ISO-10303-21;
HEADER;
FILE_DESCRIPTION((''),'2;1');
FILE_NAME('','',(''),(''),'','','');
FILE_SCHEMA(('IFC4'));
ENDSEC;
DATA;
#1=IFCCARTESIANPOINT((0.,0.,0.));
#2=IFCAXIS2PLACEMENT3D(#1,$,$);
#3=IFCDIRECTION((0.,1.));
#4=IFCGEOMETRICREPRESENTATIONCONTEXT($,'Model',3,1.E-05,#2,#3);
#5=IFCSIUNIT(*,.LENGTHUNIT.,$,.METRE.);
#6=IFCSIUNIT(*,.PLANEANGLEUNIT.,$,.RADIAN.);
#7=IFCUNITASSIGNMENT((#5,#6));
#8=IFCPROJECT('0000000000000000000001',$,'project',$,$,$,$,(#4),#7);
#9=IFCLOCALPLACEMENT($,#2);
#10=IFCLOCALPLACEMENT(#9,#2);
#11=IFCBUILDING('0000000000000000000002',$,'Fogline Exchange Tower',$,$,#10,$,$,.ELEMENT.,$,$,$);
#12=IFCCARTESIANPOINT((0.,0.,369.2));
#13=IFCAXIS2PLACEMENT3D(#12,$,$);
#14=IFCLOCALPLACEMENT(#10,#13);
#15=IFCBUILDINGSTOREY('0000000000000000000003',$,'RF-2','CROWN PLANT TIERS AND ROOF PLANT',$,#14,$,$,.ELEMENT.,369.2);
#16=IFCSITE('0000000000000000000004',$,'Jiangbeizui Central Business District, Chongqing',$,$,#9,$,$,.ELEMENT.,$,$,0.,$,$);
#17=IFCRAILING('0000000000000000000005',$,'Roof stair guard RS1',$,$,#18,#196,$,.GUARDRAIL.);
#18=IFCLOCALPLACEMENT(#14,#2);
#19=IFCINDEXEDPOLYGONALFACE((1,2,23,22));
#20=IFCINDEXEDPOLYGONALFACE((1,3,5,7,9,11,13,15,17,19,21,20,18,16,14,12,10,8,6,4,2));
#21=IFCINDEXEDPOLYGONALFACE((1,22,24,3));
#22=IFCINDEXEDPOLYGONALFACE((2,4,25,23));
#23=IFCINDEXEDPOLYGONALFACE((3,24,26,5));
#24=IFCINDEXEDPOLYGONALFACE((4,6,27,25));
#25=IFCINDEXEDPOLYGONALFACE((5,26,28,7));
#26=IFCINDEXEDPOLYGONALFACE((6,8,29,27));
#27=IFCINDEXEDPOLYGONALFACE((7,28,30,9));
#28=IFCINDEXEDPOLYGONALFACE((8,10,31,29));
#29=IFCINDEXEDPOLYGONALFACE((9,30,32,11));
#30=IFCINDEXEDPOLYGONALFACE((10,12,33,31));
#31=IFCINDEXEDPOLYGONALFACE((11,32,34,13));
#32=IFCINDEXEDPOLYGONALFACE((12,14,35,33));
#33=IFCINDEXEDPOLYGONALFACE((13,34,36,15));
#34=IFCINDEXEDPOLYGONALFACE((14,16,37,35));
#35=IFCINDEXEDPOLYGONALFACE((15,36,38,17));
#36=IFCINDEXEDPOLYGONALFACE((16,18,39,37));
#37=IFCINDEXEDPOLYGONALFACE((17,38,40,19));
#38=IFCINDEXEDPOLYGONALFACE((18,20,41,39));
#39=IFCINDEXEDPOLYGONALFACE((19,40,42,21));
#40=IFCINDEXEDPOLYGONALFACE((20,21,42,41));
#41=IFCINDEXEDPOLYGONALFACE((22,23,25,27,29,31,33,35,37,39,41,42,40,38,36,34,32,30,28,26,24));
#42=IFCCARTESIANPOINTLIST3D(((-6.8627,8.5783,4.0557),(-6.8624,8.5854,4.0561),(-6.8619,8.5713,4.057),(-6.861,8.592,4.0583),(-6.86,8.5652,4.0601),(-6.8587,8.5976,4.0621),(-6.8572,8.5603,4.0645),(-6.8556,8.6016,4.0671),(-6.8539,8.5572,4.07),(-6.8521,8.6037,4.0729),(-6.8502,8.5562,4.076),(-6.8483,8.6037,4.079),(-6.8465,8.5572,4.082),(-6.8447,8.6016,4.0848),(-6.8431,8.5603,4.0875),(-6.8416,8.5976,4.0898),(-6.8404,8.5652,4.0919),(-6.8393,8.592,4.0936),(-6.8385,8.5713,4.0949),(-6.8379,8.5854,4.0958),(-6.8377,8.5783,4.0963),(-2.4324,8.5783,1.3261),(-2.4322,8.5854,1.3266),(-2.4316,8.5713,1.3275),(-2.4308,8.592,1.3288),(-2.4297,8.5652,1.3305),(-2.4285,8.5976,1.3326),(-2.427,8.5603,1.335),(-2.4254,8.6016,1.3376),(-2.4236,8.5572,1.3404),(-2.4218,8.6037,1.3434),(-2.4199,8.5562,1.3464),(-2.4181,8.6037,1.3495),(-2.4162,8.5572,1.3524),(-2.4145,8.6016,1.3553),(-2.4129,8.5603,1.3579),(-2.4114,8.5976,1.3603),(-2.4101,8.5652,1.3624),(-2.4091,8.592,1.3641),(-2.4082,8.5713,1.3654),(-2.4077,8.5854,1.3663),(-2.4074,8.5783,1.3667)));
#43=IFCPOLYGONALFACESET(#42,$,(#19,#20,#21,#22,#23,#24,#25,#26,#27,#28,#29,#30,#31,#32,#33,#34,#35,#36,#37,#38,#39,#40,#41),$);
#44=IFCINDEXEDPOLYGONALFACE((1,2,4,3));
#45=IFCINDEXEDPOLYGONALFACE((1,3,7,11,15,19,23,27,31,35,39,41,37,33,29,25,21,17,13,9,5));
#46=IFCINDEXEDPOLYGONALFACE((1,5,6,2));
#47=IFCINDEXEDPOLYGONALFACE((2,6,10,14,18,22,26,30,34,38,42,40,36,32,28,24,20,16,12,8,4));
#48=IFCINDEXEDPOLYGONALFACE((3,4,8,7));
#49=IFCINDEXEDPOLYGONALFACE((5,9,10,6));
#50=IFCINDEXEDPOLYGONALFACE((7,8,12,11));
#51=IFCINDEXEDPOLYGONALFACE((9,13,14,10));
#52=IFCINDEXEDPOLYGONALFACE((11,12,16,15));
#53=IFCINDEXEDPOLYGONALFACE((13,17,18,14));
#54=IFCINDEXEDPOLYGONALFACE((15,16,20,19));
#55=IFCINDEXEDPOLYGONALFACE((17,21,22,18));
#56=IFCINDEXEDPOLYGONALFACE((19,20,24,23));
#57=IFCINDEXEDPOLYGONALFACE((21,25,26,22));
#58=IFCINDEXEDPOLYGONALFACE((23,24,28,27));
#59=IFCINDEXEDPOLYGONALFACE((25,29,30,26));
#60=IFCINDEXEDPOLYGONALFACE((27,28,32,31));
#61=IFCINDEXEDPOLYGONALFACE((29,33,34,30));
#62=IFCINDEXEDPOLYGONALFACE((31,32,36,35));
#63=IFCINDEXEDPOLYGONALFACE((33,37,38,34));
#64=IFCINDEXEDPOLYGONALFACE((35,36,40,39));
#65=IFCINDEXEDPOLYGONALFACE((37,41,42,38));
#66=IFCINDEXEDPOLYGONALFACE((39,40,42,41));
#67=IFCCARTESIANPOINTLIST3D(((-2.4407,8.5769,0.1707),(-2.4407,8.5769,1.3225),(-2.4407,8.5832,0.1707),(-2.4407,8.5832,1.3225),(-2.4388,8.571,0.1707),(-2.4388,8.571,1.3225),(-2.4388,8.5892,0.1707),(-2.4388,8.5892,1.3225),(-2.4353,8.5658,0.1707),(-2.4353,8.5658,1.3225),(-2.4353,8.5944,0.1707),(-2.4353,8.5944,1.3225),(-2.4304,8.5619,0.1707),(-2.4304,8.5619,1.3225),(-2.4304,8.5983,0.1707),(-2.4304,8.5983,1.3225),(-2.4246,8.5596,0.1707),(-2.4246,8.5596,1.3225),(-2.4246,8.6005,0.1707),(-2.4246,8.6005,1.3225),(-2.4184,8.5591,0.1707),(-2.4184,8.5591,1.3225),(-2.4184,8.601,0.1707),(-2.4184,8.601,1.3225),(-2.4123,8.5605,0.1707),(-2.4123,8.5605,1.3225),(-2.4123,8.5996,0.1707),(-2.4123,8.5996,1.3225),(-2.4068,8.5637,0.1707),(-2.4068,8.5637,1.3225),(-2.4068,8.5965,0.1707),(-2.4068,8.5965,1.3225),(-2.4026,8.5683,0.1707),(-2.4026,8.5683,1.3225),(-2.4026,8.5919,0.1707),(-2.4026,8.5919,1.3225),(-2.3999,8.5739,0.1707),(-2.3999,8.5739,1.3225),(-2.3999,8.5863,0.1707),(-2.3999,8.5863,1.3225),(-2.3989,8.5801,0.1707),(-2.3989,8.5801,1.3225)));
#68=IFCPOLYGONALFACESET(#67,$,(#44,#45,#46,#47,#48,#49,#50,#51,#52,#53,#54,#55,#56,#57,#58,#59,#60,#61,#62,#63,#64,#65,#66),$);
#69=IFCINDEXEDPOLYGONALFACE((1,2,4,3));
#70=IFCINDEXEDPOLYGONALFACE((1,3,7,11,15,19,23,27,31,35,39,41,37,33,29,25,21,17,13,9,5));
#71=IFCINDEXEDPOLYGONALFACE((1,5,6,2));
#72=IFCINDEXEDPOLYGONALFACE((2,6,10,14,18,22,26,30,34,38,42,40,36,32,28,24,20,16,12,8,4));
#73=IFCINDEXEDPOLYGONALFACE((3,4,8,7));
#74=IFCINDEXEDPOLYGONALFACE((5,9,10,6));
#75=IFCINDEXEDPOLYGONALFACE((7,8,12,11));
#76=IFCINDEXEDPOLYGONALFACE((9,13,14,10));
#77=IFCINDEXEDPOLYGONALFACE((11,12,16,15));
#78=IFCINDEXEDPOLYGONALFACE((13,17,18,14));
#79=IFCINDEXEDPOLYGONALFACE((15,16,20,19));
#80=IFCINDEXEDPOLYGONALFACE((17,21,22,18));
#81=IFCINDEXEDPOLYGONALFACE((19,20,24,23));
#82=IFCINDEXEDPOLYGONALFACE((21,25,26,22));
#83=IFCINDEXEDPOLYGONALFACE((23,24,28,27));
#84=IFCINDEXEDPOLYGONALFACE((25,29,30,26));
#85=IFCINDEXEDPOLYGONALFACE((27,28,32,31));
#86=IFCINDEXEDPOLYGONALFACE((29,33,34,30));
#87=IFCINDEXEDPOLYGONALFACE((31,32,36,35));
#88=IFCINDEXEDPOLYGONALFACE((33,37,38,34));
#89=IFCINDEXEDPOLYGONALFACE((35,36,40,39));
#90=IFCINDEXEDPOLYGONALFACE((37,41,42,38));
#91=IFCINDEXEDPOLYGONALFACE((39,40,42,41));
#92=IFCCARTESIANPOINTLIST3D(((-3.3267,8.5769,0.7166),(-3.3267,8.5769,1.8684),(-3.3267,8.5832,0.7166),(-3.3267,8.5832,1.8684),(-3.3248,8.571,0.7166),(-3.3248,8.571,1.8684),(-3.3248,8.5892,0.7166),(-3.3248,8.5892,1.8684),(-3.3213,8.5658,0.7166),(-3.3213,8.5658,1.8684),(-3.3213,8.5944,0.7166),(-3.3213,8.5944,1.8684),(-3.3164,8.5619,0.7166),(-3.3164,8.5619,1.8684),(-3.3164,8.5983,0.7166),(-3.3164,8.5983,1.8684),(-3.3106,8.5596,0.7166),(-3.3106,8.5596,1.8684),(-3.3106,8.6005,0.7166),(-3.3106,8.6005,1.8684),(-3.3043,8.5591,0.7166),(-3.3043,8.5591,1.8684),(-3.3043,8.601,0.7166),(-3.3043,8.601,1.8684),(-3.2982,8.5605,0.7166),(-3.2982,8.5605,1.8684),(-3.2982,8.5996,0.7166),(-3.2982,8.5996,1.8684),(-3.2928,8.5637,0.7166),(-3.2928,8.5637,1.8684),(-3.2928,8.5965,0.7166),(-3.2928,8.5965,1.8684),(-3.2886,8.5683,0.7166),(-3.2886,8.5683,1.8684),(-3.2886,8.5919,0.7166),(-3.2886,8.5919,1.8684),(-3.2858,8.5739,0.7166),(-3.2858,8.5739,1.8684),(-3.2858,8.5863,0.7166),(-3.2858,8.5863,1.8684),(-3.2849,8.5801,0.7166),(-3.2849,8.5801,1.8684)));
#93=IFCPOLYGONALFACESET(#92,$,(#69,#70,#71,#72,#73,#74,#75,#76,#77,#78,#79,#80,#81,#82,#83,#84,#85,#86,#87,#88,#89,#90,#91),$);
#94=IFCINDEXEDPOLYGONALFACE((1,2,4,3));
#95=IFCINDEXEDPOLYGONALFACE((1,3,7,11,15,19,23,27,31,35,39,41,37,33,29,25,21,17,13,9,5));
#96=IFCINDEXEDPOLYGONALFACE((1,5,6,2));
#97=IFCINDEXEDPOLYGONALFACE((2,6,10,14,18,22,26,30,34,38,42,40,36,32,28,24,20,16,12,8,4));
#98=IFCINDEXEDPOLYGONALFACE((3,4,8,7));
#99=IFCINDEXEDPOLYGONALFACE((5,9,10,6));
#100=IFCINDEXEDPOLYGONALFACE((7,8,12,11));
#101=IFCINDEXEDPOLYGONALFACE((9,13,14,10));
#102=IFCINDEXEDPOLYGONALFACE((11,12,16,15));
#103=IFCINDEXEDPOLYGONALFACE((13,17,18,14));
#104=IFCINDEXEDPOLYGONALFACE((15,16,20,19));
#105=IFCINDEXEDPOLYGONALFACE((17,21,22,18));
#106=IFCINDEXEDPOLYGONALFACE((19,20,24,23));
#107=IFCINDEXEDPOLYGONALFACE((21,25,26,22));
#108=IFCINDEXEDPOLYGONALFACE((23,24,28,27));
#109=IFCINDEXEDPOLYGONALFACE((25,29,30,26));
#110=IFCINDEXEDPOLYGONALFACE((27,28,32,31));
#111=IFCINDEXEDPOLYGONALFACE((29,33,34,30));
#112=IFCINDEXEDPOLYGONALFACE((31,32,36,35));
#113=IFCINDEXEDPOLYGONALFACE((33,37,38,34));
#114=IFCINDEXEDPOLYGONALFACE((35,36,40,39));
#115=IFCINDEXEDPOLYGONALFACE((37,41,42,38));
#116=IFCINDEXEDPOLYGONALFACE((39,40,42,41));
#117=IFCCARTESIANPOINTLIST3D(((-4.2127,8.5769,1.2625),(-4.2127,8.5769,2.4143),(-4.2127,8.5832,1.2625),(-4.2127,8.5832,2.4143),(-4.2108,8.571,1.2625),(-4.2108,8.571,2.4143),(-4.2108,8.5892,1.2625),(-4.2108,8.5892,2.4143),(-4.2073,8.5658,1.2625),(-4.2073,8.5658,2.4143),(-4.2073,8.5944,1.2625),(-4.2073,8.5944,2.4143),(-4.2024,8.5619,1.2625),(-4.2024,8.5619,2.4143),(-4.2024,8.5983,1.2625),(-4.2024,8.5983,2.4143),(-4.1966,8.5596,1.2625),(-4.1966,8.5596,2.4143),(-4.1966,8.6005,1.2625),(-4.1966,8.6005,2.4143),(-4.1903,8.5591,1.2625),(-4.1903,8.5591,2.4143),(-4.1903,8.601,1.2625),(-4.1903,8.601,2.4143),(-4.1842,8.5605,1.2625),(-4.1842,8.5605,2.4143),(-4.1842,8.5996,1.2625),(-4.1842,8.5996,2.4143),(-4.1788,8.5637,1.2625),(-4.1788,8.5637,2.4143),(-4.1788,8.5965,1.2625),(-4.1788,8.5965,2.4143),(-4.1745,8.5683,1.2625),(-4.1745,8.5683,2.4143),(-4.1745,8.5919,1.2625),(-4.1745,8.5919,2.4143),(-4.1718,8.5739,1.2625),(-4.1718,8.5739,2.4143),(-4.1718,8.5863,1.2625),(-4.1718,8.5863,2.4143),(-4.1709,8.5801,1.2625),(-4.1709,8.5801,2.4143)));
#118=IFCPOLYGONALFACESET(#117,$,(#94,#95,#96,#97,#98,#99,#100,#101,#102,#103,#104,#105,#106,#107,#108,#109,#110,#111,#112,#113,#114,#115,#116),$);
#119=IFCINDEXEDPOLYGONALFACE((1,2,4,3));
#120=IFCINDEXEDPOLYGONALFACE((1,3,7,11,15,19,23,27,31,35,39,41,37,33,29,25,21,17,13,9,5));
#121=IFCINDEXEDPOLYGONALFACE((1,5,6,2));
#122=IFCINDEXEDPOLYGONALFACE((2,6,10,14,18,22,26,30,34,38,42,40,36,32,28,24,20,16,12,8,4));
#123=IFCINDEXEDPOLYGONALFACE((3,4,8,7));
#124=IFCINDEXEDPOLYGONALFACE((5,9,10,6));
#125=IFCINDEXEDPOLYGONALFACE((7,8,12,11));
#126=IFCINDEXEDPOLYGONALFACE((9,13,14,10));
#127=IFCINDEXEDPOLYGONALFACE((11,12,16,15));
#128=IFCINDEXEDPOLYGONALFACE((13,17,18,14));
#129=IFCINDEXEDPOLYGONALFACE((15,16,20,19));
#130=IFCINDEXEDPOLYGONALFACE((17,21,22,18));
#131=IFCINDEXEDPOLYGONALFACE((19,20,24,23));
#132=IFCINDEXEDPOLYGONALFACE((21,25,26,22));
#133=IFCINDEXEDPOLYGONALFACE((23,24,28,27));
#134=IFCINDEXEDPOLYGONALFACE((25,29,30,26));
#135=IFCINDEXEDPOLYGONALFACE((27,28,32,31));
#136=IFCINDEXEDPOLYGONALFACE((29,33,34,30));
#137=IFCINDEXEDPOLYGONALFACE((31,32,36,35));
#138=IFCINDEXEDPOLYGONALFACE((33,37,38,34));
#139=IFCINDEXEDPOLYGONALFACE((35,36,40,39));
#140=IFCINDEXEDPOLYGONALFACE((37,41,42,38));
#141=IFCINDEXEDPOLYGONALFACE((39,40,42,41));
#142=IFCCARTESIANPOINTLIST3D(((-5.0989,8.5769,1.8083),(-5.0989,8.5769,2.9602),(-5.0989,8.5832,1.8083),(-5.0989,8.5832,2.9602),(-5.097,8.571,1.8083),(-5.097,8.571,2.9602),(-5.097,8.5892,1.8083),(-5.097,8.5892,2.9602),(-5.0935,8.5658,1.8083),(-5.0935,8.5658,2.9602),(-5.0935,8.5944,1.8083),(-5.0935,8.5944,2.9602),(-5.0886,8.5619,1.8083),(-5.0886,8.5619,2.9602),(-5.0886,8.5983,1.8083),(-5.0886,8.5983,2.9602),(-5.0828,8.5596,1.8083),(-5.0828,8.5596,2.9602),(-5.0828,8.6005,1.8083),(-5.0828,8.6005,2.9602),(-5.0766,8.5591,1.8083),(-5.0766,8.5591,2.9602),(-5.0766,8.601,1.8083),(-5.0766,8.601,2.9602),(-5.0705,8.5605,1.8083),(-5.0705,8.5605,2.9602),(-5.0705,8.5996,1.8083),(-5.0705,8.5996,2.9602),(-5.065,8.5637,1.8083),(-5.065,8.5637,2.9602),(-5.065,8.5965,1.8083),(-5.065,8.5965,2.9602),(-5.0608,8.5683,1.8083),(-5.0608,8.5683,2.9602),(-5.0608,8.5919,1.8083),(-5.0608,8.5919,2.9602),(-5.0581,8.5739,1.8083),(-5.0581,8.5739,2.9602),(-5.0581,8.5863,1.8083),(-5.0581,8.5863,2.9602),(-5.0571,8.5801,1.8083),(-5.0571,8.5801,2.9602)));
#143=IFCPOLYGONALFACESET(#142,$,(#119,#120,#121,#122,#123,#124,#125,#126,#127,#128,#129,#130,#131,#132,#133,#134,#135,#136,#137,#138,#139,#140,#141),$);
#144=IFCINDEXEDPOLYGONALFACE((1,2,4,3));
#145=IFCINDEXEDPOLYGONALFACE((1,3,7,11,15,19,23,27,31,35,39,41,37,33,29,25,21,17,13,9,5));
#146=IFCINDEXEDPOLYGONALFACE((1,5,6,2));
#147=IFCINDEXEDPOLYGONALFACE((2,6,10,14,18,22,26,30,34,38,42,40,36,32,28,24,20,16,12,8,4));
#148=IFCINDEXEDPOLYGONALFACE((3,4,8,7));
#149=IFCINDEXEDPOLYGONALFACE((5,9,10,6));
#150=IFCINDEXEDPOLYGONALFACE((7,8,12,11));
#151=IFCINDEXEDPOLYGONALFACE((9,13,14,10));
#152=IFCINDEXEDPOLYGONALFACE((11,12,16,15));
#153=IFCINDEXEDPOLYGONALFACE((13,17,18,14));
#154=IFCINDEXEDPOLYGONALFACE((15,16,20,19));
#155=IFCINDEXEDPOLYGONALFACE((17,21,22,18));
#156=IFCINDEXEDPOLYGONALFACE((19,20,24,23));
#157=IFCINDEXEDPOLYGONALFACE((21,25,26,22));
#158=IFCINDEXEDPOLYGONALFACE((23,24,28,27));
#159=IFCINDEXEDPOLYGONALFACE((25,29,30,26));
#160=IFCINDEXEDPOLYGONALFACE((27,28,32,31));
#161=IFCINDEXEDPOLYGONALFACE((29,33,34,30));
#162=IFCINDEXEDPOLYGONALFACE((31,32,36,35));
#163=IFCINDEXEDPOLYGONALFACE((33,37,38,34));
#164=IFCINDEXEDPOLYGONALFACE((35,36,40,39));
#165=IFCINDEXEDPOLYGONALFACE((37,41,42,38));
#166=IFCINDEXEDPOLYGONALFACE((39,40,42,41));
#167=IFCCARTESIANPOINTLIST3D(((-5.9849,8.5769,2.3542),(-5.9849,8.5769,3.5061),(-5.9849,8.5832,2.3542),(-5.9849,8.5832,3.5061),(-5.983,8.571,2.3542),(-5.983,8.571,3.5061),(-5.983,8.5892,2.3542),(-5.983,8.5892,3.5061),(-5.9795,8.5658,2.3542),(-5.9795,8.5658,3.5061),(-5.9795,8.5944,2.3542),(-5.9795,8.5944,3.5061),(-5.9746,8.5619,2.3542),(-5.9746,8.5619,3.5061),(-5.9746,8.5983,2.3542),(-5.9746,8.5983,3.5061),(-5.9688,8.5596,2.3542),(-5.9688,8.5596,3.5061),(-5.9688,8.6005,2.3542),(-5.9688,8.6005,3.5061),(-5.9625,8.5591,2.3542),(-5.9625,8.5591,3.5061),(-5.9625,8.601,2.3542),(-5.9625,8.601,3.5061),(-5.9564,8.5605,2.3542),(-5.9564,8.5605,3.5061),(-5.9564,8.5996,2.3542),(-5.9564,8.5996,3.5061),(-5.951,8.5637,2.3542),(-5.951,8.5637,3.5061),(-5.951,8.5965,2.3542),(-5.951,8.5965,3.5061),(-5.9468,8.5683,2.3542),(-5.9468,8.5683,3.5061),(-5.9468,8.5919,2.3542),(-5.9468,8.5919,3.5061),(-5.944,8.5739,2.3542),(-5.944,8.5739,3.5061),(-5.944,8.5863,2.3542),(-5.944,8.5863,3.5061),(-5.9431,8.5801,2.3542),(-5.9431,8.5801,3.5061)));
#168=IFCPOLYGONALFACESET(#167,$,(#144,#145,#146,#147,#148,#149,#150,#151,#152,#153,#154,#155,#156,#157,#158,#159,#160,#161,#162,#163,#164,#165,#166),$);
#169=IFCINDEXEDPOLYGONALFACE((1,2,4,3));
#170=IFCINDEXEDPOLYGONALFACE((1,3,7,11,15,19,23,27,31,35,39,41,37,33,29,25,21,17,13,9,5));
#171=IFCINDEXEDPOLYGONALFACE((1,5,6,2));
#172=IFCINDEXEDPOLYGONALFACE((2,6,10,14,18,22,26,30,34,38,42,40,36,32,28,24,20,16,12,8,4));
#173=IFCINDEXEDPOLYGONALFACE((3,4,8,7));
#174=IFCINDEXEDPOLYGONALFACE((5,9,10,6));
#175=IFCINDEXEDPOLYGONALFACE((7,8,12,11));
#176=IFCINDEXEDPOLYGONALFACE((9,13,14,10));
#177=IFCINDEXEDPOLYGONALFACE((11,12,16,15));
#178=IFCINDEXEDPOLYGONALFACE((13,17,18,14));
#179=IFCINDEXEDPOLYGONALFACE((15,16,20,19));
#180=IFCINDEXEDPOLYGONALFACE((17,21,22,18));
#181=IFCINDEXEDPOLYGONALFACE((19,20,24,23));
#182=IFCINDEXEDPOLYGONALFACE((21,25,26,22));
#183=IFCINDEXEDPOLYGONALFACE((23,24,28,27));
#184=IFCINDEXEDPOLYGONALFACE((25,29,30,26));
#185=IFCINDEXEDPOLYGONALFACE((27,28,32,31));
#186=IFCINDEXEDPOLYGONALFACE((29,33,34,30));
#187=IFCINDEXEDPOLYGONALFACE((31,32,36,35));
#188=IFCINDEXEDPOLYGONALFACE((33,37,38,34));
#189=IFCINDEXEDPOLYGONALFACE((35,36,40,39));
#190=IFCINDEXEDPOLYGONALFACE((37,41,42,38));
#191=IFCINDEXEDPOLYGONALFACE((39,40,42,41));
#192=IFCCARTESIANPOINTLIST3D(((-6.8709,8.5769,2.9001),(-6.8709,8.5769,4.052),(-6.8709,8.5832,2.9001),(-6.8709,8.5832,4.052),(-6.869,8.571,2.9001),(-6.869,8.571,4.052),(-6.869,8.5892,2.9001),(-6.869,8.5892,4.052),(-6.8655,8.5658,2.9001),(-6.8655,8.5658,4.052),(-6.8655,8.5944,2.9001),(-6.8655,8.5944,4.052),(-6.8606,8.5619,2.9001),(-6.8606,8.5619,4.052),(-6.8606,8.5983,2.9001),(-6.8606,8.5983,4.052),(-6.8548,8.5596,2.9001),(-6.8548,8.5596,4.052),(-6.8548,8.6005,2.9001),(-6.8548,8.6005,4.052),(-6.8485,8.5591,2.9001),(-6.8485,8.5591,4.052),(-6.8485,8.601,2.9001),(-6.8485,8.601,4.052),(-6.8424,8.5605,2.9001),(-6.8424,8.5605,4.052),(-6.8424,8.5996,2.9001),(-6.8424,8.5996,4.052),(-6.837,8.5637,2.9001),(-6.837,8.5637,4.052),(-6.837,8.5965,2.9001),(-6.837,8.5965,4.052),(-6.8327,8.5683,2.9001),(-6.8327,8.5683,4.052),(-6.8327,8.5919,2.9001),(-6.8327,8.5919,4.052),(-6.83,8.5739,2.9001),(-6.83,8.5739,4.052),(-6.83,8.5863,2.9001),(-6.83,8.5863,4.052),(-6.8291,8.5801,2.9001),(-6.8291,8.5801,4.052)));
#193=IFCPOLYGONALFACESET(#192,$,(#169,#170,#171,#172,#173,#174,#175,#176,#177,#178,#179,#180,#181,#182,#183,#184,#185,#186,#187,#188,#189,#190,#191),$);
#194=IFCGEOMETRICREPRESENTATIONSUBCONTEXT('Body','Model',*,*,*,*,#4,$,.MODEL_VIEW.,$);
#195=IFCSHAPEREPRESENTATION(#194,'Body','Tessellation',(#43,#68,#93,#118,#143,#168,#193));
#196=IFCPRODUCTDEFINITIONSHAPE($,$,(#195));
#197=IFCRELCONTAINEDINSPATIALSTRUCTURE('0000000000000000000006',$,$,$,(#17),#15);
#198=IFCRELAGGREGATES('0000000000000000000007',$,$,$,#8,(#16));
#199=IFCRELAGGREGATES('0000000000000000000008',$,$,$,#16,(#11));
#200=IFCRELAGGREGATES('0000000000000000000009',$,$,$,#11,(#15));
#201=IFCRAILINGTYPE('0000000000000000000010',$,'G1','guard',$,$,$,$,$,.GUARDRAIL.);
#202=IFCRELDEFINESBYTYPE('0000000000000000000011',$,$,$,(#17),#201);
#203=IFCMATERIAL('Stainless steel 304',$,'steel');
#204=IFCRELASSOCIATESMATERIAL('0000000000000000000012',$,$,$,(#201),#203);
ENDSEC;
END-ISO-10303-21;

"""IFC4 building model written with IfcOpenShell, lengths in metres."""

from ifc_helpers import new_model, si_unit, direction, frame, origin, origin_2d, place, context, subcontext, project, spatial, circle, extrude, material, type_object, element, save


model = new_model("IFC4")

# Units and contexts
model_context = context("Model", 3, precision=1e-05, world=origin(), true_north=direction((0.0, 1.0)))
body_context = subcontext(model_context, "Body", "Model", "MODEL_VIEW")
ifc_project = project(units=[si_unit("LENGTHUNIT", "METRE"), si_unit("PLANEANGLEUNIT", "RADIAN")], contexts=[model_context])

# Site, building, storey
site_placement = place(None, origin())
site = spatial("IfcSite", under=ifc_project, at=site_placement, Name="Jiangbeizui Central Business District, Chongqing", CompositionType="ELEMENT", RefElevation=0.0)
building_placement = place(site_placement, origin())
building = spatial("IfcBuilding", under=site, at=building_placement, Name="Fogline Exchange Tower", CompositionType="ELEMENT")
storey_placement = place(building_placement, frame((0.0, 0.0, 369.2)))
storey = spatial("IfcBuildingStorey", under=building, at=storey_placement, Name="RF-2", Description="CROWN PLANT TIERS AND ROOF PLANT", CompositionType="ELEMENT", Elevation=369.2)

# Railing
ifc_material_1 = material(Name="Stainless steel 304", Category="steel")
railing_type_1 = type_object("IfcRailingType", Name="G1", Description="guard", PredefinedType="GUARDRAIL", material=ifc_material_1)
railing_1_placement = place(storey_placement, frame((-2.4199, 8.5801, 0.1707)))
element("IfcRailing", 1, at=railing_1_placement, inside=storey, type_object=railing_type_1, Name="Roof stair guard RS1", PredefinedType="GUARDRAIL", context=body_context, shape_type="SweptSolid", body=[
    extrude(circle(Radius=0.0239, at=origin_2d()), frame((0.0, 0.0, 1.1758), z_axis=(-0.851381, 0.0, 0.524548), x_axis=(0.0, -1.0, 0.0)), (0.0, 0.0, 1.0), 5.2036),
    extrude(circle(Radius=0.021, at=origin_2d()), origin(), (0.0, 0.0, 1.0), 1.1519),
    extrude(circle(Radius=0.021, at=origin_2d()), frame((-0.886, 0.0, 0.5459)), (0.0, 0.0, 1.0), 1.1519),
    extrude(circle(Radius=0.021, at=origin_2d()), frame((-1.772, 0.0, 1.0918)), (0.0, 0.0, 1.0), 1.1519),
    extrude(circle(Radius=0.021, at=origin_2d()), frame((-2.6582, 0.0, 1.6377)), (0.0, 0.0, 1.0), 1.1519),
    extrude(circle(Radius=0.021, at=origin_2d()), frame((-3.5442, 0.0, 2.1836)), (0.0, 0.0, 1.0), 1.1519),
    extrude(circle(Radius=0.021, at=origin_2d()), frame((-4.4302, 0.0, 2.7295)), (0.0, 0.0, 1.0), 1.1519),
])

save(model, "model.ifc")
